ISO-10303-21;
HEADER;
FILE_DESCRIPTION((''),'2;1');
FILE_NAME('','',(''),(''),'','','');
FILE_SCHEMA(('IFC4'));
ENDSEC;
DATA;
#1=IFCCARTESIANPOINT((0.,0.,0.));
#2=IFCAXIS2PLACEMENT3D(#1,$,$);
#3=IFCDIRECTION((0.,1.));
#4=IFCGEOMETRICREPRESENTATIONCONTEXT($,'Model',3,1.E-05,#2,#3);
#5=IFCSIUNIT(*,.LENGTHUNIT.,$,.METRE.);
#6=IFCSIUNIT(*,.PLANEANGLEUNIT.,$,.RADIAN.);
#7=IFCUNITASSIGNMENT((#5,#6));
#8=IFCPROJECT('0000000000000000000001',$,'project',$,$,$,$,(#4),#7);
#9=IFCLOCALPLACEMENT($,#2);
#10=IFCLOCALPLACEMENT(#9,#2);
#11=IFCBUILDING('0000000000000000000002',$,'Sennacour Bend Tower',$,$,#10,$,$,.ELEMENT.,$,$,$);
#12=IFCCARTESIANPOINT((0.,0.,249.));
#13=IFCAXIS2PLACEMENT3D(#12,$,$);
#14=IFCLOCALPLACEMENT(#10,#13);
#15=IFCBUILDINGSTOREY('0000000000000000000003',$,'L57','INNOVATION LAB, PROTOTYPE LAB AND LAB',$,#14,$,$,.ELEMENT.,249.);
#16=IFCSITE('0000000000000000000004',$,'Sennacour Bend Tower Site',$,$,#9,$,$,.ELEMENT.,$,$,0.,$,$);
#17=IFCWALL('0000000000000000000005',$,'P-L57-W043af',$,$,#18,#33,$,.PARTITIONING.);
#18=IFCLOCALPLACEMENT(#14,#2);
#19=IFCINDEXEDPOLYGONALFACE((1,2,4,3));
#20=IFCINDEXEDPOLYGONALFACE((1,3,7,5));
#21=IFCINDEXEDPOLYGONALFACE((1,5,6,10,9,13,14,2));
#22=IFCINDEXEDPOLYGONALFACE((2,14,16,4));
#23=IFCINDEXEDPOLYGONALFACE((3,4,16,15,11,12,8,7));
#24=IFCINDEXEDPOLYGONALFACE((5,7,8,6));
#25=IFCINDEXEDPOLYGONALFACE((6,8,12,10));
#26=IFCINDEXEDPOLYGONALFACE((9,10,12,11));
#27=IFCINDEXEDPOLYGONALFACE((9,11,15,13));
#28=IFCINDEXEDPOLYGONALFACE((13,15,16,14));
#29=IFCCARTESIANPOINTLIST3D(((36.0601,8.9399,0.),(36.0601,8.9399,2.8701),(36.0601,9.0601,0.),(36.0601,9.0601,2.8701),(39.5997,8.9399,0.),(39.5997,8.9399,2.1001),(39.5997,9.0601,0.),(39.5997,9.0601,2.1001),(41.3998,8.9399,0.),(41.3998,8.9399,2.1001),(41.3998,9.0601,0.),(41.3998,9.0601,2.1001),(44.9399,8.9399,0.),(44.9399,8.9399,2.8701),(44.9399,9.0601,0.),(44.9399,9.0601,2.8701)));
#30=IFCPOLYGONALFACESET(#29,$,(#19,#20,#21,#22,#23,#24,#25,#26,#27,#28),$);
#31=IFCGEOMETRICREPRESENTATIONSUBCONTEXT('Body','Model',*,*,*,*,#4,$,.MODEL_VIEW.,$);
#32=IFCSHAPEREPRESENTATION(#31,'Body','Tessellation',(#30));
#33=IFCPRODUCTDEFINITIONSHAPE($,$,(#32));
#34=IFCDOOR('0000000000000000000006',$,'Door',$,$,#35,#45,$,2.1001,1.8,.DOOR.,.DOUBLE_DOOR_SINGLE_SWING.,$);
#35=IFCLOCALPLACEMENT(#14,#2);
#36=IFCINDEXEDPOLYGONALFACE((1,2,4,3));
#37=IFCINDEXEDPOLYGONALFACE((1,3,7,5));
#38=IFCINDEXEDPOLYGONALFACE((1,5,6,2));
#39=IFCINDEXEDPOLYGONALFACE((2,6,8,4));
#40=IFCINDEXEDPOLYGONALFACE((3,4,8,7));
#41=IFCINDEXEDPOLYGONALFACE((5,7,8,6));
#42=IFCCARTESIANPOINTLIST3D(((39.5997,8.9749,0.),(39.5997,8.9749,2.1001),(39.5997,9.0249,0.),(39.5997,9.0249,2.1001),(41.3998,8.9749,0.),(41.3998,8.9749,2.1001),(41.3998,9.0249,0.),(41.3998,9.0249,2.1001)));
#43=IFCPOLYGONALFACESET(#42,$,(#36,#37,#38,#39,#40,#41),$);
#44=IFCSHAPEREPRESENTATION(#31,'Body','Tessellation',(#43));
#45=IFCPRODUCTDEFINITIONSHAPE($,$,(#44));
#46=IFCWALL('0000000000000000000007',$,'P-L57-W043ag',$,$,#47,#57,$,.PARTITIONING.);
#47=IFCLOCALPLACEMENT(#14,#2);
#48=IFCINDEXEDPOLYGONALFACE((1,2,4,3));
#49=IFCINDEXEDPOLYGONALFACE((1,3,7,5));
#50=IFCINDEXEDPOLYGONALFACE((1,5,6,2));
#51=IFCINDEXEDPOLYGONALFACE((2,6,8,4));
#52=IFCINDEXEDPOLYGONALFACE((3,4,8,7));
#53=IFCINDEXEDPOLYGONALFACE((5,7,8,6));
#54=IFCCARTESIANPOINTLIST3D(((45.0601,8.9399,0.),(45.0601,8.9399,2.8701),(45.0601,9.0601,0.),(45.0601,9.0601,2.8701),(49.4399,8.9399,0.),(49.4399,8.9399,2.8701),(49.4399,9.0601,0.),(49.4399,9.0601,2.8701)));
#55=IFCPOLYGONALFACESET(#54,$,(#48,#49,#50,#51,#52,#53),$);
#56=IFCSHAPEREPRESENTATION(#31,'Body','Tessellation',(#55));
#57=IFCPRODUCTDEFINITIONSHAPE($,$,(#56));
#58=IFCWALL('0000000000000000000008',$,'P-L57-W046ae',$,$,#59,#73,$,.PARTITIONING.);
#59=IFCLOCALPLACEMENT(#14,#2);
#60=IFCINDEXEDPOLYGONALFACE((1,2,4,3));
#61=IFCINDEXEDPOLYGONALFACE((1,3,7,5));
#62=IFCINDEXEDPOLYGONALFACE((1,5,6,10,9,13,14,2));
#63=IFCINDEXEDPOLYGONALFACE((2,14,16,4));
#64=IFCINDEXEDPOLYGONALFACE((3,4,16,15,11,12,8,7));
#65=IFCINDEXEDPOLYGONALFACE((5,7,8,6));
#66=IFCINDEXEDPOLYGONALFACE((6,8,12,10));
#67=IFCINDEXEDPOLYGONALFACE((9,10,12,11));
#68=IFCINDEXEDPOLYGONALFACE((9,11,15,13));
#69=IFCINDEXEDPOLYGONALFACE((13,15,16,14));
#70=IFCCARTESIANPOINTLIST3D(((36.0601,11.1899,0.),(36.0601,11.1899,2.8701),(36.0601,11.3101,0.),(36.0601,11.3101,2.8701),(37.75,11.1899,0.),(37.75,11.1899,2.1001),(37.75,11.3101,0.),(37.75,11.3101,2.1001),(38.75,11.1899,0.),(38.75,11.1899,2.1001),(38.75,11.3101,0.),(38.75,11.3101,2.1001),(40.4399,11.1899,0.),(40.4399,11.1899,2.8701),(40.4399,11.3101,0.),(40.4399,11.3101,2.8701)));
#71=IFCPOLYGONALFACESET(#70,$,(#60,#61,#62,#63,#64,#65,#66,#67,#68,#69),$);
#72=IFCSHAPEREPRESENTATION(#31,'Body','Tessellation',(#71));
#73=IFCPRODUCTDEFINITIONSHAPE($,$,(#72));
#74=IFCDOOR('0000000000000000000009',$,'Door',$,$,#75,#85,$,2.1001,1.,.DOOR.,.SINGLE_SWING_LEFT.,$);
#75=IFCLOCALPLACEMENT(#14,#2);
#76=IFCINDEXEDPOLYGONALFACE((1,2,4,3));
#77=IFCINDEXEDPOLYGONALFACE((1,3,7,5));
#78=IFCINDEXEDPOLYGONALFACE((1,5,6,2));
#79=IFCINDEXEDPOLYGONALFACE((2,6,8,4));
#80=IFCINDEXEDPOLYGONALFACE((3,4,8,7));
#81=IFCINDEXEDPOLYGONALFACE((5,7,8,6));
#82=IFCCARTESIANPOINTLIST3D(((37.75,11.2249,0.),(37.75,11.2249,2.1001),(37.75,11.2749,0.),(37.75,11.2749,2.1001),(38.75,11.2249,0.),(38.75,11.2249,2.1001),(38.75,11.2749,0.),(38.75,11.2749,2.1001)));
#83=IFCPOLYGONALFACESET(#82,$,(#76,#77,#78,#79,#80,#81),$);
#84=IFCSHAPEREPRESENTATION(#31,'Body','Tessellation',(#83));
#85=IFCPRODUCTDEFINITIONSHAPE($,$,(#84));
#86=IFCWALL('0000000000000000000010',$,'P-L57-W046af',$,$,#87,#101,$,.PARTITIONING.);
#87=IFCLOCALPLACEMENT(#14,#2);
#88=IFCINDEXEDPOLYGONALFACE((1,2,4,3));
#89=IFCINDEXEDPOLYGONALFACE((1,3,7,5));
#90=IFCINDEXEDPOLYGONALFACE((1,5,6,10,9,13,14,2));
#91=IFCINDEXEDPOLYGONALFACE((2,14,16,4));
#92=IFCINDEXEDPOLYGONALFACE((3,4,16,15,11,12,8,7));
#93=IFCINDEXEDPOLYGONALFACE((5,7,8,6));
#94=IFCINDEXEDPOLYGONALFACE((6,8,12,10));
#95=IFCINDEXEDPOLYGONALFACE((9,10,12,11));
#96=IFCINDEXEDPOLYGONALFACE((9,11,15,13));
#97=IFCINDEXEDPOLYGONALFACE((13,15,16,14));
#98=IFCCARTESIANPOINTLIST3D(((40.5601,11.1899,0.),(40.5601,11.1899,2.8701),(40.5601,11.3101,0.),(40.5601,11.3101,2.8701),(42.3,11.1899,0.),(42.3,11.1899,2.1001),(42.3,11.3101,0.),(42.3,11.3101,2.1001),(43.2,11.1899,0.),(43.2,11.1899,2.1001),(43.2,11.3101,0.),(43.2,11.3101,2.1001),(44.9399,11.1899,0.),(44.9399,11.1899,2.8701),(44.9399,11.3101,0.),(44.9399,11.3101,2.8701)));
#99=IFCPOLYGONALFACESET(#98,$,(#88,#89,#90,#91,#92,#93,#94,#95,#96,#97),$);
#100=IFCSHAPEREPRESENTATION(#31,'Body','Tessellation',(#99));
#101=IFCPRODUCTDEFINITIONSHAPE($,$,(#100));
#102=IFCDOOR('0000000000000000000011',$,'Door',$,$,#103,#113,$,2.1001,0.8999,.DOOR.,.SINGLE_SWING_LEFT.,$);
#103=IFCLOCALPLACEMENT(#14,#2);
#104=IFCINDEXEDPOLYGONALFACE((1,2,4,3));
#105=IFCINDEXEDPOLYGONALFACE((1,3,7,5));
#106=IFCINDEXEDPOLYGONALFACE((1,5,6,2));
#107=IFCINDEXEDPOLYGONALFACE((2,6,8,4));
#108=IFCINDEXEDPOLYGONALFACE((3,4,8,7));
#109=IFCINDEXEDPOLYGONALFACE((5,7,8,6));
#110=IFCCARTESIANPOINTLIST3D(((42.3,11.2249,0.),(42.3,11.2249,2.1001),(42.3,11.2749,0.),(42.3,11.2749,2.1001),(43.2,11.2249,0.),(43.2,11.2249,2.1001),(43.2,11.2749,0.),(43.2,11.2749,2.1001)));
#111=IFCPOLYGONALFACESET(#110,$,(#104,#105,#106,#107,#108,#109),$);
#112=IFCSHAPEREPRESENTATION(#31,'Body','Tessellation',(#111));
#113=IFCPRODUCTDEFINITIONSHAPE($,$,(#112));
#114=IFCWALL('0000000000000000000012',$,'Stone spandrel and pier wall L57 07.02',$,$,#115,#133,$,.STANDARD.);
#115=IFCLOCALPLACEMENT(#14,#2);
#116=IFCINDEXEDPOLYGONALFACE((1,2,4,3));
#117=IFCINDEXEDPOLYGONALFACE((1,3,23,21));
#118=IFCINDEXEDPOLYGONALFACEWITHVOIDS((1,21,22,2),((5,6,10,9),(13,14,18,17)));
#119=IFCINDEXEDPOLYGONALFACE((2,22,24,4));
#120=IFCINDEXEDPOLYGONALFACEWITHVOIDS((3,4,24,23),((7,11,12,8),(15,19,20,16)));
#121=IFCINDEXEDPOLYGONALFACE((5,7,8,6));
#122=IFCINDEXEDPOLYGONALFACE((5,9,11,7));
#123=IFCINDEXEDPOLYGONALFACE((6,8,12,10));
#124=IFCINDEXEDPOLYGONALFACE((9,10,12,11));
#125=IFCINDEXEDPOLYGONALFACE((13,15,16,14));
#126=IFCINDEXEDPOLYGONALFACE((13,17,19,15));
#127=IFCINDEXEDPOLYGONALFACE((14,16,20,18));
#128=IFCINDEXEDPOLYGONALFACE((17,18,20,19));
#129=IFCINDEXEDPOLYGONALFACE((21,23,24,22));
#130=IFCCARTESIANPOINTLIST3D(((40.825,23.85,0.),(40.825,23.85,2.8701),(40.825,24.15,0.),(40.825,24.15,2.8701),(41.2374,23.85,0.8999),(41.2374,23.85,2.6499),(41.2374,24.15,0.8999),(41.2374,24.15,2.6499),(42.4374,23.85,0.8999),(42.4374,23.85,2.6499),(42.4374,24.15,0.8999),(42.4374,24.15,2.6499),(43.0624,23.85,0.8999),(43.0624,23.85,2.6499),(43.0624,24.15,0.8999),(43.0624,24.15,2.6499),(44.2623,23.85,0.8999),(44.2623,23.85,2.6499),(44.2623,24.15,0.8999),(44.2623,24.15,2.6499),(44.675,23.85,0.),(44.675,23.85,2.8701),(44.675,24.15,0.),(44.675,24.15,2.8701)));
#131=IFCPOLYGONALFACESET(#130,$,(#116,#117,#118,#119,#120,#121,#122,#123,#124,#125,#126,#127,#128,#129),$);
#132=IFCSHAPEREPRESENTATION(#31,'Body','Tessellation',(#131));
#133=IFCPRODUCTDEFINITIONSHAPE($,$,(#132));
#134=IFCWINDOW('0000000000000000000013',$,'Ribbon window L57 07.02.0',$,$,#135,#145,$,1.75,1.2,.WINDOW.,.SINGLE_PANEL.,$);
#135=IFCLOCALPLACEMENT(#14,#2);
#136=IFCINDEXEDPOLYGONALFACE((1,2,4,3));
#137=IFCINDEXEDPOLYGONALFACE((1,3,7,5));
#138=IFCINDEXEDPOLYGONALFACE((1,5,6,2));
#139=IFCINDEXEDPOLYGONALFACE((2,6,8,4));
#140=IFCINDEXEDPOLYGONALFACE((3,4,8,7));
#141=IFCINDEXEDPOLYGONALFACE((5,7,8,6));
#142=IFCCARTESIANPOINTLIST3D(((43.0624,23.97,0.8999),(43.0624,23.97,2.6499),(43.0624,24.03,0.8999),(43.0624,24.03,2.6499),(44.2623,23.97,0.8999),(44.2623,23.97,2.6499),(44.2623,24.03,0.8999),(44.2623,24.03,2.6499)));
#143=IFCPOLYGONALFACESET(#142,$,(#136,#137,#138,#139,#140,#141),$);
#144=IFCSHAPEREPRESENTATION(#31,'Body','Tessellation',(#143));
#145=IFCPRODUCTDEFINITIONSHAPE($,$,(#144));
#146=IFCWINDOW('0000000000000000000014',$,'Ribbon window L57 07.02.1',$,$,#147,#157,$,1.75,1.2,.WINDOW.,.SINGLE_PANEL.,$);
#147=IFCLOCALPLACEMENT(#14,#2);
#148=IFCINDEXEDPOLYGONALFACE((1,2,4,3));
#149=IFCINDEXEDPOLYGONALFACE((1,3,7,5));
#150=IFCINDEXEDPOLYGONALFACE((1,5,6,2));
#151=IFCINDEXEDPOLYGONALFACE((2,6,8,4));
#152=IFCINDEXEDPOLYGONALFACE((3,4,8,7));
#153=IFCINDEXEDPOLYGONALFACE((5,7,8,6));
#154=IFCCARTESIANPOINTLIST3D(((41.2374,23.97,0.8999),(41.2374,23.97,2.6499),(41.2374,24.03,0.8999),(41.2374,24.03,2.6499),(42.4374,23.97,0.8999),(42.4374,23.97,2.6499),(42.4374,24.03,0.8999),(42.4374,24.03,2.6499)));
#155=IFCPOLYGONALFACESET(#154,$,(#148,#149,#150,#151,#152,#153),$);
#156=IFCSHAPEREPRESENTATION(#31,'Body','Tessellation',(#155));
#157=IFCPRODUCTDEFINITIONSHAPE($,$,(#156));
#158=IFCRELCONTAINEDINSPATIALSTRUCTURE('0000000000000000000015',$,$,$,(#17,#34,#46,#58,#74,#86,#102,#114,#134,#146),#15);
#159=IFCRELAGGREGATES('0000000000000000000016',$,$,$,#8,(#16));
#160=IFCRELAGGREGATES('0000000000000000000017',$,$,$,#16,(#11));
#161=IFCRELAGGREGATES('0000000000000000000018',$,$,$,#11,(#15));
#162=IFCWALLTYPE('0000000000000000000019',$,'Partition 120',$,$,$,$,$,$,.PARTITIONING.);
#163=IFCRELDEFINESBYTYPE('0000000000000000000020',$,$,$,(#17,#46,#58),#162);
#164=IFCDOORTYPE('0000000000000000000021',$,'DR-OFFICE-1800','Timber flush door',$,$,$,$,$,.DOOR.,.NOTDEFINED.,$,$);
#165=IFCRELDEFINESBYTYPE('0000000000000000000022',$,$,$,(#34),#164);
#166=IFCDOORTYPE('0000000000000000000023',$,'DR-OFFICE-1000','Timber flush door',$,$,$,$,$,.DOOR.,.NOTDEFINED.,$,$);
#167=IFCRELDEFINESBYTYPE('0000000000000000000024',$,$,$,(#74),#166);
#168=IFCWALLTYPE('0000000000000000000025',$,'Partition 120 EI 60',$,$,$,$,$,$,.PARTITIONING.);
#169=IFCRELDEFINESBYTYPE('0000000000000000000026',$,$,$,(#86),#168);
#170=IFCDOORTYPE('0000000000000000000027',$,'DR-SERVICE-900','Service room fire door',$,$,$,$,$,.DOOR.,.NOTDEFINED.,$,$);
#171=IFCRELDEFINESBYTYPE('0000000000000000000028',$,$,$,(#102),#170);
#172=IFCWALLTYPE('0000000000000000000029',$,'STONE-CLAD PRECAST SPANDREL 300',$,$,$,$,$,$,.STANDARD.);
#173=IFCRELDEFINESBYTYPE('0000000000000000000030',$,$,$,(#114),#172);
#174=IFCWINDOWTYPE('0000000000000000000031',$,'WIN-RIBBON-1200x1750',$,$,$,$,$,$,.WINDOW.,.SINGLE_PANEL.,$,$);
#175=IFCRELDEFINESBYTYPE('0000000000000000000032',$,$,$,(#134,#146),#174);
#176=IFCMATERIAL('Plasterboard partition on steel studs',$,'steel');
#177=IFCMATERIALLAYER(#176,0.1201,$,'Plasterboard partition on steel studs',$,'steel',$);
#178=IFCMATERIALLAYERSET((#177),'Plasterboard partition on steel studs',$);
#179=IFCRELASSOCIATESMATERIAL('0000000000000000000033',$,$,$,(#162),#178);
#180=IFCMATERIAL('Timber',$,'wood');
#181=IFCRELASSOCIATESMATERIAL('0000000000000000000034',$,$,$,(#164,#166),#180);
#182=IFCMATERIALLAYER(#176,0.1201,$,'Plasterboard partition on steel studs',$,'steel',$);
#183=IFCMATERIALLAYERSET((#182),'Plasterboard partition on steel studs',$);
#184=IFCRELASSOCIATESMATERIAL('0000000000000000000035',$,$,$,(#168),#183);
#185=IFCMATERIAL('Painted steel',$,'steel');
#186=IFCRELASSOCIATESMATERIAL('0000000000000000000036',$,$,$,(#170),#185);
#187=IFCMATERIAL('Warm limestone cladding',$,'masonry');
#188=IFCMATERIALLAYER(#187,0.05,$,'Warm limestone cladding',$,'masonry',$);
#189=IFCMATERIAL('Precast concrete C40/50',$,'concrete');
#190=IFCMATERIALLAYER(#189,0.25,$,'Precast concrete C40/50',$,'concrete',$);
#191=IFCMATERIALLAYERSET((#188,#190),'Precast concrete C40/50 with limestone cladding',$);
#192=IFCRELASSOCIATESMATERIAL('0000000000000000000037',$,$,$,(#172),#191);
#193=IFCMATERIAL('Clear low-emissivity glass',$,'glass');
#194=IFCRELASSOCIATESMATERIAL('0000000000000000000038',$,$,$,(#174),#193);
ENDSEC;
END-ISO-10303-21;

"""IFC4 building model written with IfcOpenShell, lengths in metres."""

from ifc_helpers import new_model, si_unit, direction, frame, frame_2d, origin, place, context, subcontext, project, spatial, rectangle, extrude, material, layer, layer_set, type_object, element, fill, save


model = new_model("IFC4")

# Units and contexts
model_context = context("Model", 3, precision=1e-05, world=origin(), true_north=direction((0.0, 1.0)))
body_context = subcontext(model_context, "Body", "Model", "MODEL_VIEW")
ifc_project = project(units=[si_unit("LENGTHUNIT", "METRE"), si_unit("PLANEANGLEUNIT", "RADIAN")], contexts=[model_context])

# Site, building, storey
site_placement = place(None, origin())
site = spatial("IfcSite", under=ifc_project, at=site_placement, Name="Sennacour Bend Tower Site", CompositionType="ELEMENT", RefElevation=0.0)
building_placement = place(site_placement, origin())
building = spatial("IfcBuilding", under=site, at=building_placement, Name="Sennacour Bend Tower", CompositionType="ELEMENT")
storey_placement = place(building_placement, frame((0.0, 0.0, 249.0)))
storey = spatial("IfcBuildingStorey", under=building, at=storey_placement, Name="L57", Description="INNOVATION LAB, PROTOTYPE LAB AND LAB", CompositionType="ELEMENT", Elevation=249.0)

# Shared definitions
ifc_material_1 = material(Name="Plasterboard partition on steel studs", Category="steel")
ifc_layer_1 = layer(ifc_material_1, 0.1201, Name="Plasterboard partition on steel studs", Category="steel")
ifc_layer_set_1 = layer_set([ifc_layer_1], Name="Plasterboard partition on steel studs")
wall_type_1 = type_object("IfcWallType", Name="Partition 120", PredefinedType="PARTITIONING", material=ifc_layer_set_1)

# Wall, opening, door
wall_1_placement = place(storey_placement, frame((36.0601, 9.0, 0.0), z_axis=(0.0, 0.0, 1.0), x_axis=(1.0, 0.0, 0.0)))
wall_1 = element("IfcWall", 1, at=wall_1_placement, inside=storey, type_object=wall_type_1, Name="P-L57-W043af", PredefinedType="PARTITIONING", context=body_context, shape_type="SweptSolid", body=[
    extrude(rectangle(XDim=8.8799, YDim=0.1201, at=frame_2d((4.4399, 0.0))), origin(), (0.0, 0.0, 1.0), 2.8701),
])
opening_1_placement = place(wall_1_placement, frame((3.5398, 0.0, 0.0)))
opening_1 = element("IfcOpeningElement", 2, at=opening_1_placement, cuts=wall_1, PredefinedType="OPENING", context=body_context, shape_type="SweptSolid", body=[
    extrude(rectangle(XDim=1.8, YDim=2.1001, at=frame_2d((0.8999, 1.05))), frame((0.0, 0.0701, 0.0), z_axis=(0.0, -1.0, 0.0), x_axis=(1.0, 0.0, 0.0)), (0.0, 0.0, 1.0), 0.1401),
])
ifc_material_2 = material(Name="Timber", Category="wood")
door_type_1 = type_object("IfcDoorType", Name="DR-OFFICE-1800", Description="Timber flush door", OperationType="NOTDEFINED", PredefinedType="DOOR", material=ifc_material_2)
door_1_placement = place(opening_1_placement, origin())
door_1 = element("IfcDoor", 3, at=door_1_placement, inside=storey, type_object=door_type_1, Name="Door", OperationType="DOUBLE_DOOR_SINGLE_SWING", OverallHeight=2.1001, OverallWidth=1.8, PredefinedType="DOOR", context=body_context, shape_type="SweptSolid", body=[
    extrude(rectangle(XDim=1.8, YDim=2.1001, at=frame_2d((0.8999, 1.05))), frame((0.0, 0.0249, 0.0), z_axis=(0.0, -1.0, 0.0), x_axis=(1.0, 0.0, 0.0)), (0.0, 0.0, 1.0), 0.05),
])
fill(opening_1, door_1)

# Wall
wall_2_placement = place(storey_placement, frame((45.0601, 9.0, 0.0), z_axis=(0.0, 0.0, 1.0), x_axis=(1.0, 0.0, 0.0)))
element("IfcWall", 4, at=wall_2_placement, inside=storey, type_object=wall_type_1, Name="P-L57-W043ag", PredefinedType="PARTITIONING", context=body_context, shape_type="SweptSolid", body=[
    extrude(rectangle(XDim=4.3799, YDim=0.1201, at=frame_2d((2.1899, 0.0))), origin(), (0.0, 0.0, 1.0), 2.8701),
])

# Walls, openings, doors
wall_3_placement = place(storey_placement, frame((36.0601, 11.25, 0.0), z_axis=(0.0, 0.0, 1.0), x_axis=(1.0, 0.0, 0.0)))
wall_3 = element("IfcWall", 5, at=wall_3_placement, inside=storey, type_object=wall_type_1, Name="P-L57-W046ae", PredefinedType="PARTITIONING", context=body_context, shape_type="SweptSolid", body=[
    extrude(rectangle(XDim=4.3799, YDim=0.1201, at=frame_2d((2.1899, 0.0))), origin(), (0.0, 0.0, 1.0), 2.8701),
])
opening_2_placement = place(wall_3_placement, frame((1.6899, 0.0, 0.0)))
opening_2 = element("IfcOpeningElement", 6, at=opening_2_placement, cuts=wall_3, PredefinedType="OPENING", context=body_context, shape_type="SweptSolid", body=[
    extrude(rectangle(XDim=1.0, YDim=2.1001, at=frame_2d((0.5, 1.05))), frame((0.0, 0.0701, 0.0), z_axis=(0.0, -1.0, 0.0), x_axis=(1.0, 0.0, 0.0)), (0.0, 0.0, 1.0), 0.1401),
])
door_type_2 = type_object("IfcDoorType", Name="DR-OFFICE-1000", Description="Timber flush door", OperationType="NOTDEFINED", PredefinedType="DOOR", material=ifc_material_2)
door_2_placement = place(opening_2_placement, origin())
door_2 = element("IfcDoor", 7, at=door_2_placement, inside=storey, type_object=door_type_2, Name="Door", OperationType="SINGLE_SWING_LEFT", OverallHeight=2.1001, OverallWidth=1.0, PredefinedType="DOOR", context=body_context, shape_type="SweptSolid", body=[
    extrude(rectangle(XDim=1.0, YDim=2.1001, at=frame_2d((0.5, 1.05))), frame((0.0, 0.0249, 0.0), z_axis=(0.0, -1.0, 0.0), x_axis=(1.0, 0.0, 0.0)), (0.0, 0.0, 1.0), 0.05),
])
fill(opening_2, door_2)
ifc_layer_2 = layer(ifc_material_1, 0.1201, Name="Plasterboard partition on steel studs", Category="steel")
ifc_layer_set_2 = layer_set([ifc_layer_2], Name="Plasterboard partition on steel studs")
wall_type_2 = type_object("IfcWallType", Name="Partition 120 EI 60", PredefinedType="PARTITIONING", material=ifc_layer_set_2)
wall_4_placement = place(storey_placement, frame((40.5601, 11.25, 0.0), z_axis=(0.0, 0.0, 1.0), x_axis=(1.0, 0.0, 0.0)))
wall_4 = element("IfcWall", 8, at=wall_4_placement, inside=storey, type_object=wall_type_2, Name="P-L57-W046af", PredefinedType="PARTITIONING", context=body_context, shape_type="SweptSolid", body=[
    extrude(rectangle(XDim=4.3799, YDim=0.1201, at=frame_2d((2.1899, 0.0))), origin(), (0.0, 0.0, 1.0), 2.8701),
])
opening_3_placement = place(wall_4_placement, frame((1.74, 0.0, 0.0)))
opening_3 = element("IfcOpeningElement", 9, at=opening_3_placement, cuts=wall_4, PredefinedType="OPENING", context=body_context, shape_type="SweptSolid", body=[
    extrude(rectangle(XDim=0.8999, YDim=2.1001, at=frame_2d((0.45, 1.05))), frame((0.0, 0.0701, 0.0), z_axis=(0.0, -1.0, 0.0), x_axis=(1.0, 0.0, 0.0)), (0.0, 0.0, 1.0), 0.1401),
])
ifc_material_3 = material(Name="Painted steel", Category="steel")
door_type_3 = type_object("IfcDoorType", Name="DR-SERVICE-900", Description="Service room fire door", OperationType="NOTDEFINED", PredefinedType="DOOR", material=ifc_material_3)
door_3_placement = place(opening_3_placement, origin())
door_3 = element("IfcDoor", 10, at=door_3_placement, inside=storey, type_object=door_type_3, Name="Door", OperationType="SINGLE_SWING_LEFT", OverallHeight=2.1001, OverallWidth=0.8999, PredefinedType="DOOR", context=body_context, shape_type="SweptSolid", body=[
    extrude(rectangle(XDim=0.8999, YDim=2.1001, at=frame_2d((0.45, 1.05))), frame((0.0, 0.0249, 0.0), z_axis=(0.0, -1.0, 0.0), x_axis=(1.0, 0.0, 0.0)), (0.0, 0.0, 1.0), 0.05),
])
fill(opening_3, door_3)

# Wall, openings, windows
ifc_material_4 = material(Name="Warm limestone cladding", Category="masonry")
ifc_layer_3 = layer(ifc_material_4, 0.05, Name="Warm limestone cladding", Category="masonry")
ifc_material_5 = material(Name="Precast concrete C40/50", Category="concrete")
ifc_layer_4 = layer(ifc_material_5, 0.25, Name="Precast concrete C40/50", Category="concrete")
ifc_layer_set_3 = layer_set([ifc_layer_3, ifc_layer_4], Name="Precast concrete C40/50 with limestone cladding")
wall_type_3 = type_object("IfcWallType", Name="STONE-CLAD PRECAST SPANDREL 300", PredefinedType="STANDARD", material=ifc_layer_set_3)
wall_5_placement = place(storey_placement, frame((44.675, 24.0, 0.0), z_axis=(0.0, 0.0, 1.0), x_axis=(-1.0, 0.0, 0.0)))
wall_5 = element("IfcWall", 11, at=wall_5_placement, inside=storey, type_object=wall_type_3, Name="Stone spandrel and pier wall L57 07.02", PredefinedType="STANDARD", context=body_context, shape_type="SweptSolid", body=[
    extrude(rectangle(XDim=3.8501, YDim=0.3, at=frame_2d((1.925, 0.0))), origin(), (0.0, 0.0, 1.0), 2.8701),
])
opening_4_placement = place(wall_5_placement, frame((0.4126, 0.0, 0.8999)))
opening_4 = element("IfcOpeningElement", 12, at=opening_4_placement, cuts=wall_5, PredefinedType="OPENING", context=body_context, shape_type="SweptSolid", body=[
    extrude(rectangle(XDim=1.2, YDim=1.75, at=frame_2d((0.6001, 0.875))), frame((0.0, 0.1602, 0.0), z_axis=(0.0, -1.0, 0.0), x_axis=(1.0, 0.0, 0.0)), (0.0, 0.0, 1.0), 0.3201),
])
opening_5_placement = place(wall_5_placement, frame((2.2375, 0.0, 0.8999)))
opening_5 = element("IfcOpeningElement", 13, at=opening_5_placement, cuts=wall_5, PredefinedType="OPENING", context=body_context, shape_type="SweptSolid", body=[
    extrude(rectangle(XDim=1.2, YDim=1.75, at=frame_2d((0.6001, 0.875))), frame((0.0, 0.1602, 0.0), z_axis=(0.0, -1.0, 0.0), x_axis=(1.0, 0.0, 0.0)), (0.0, 0.0, 1.0), 0.3201),
])
ifc_material_6 = material(Name="Clear low-emissivity glass", Category="glass")
window_type = type_object("IfcWindowType", Name="WIN-RIBBON-1200x1750", PartitioningType="SINGLE_PANEL", PredefinedType="WINDOW", material=ifc_material_6)
window_1_placement = place(opening_4_placement, origin())
window_1 = element("IfcWindow", 14, at=window_1_placement, inside=storey, type_object=window_type, Name="Ribbon window L57 07.02.0", OverallHeight=1.75, OverallWidth=1.2, PartitioningType="SINGLE_PANEL", PredefinedType="WINDOW", context=body_context, shape_type="SweptSolid", body=[
    extrude(rectangle(XDim=1.2, YDim=1.75, at=frame_2d((0.6001, 0.875))), frame((0.0, 0.03, 0.0), z_axis=(0.0, -1.0, 0.0), x_axis=(1.0, 0.0, 0.0)), (0.0, 0.0, 1.0), 0.0601),
])
fill(opening_4, window_1)
window_2_placement = place(opening_5_placement, origin())
window_2 = element("IfcWindow", 15, at=window_2_placement, inside=storey, type_object=window_type, Name="Ribbon window L57 07.02.1", OverallHeight=1.75, OverallWidth=1.2, PartitioningType="SINGLE_PANEL", PredefinedType="WINDOW", context=body_context, shape_type="SweptSolid", body=[
    extrude(rectangle(XDim=1.2, YDim=1.75, at=frame_2d((0.6001, 0.875))), frame((0.0, 0.03, 0.0), z_axis=(0.0, -1.0, 0.0), x_axis=(1.0, 0.0, 0.0)), (0.0, 0.0, 1.0), 0.0601),
])
fill(opening_5, window_2)

save(model, "model.ifc")
